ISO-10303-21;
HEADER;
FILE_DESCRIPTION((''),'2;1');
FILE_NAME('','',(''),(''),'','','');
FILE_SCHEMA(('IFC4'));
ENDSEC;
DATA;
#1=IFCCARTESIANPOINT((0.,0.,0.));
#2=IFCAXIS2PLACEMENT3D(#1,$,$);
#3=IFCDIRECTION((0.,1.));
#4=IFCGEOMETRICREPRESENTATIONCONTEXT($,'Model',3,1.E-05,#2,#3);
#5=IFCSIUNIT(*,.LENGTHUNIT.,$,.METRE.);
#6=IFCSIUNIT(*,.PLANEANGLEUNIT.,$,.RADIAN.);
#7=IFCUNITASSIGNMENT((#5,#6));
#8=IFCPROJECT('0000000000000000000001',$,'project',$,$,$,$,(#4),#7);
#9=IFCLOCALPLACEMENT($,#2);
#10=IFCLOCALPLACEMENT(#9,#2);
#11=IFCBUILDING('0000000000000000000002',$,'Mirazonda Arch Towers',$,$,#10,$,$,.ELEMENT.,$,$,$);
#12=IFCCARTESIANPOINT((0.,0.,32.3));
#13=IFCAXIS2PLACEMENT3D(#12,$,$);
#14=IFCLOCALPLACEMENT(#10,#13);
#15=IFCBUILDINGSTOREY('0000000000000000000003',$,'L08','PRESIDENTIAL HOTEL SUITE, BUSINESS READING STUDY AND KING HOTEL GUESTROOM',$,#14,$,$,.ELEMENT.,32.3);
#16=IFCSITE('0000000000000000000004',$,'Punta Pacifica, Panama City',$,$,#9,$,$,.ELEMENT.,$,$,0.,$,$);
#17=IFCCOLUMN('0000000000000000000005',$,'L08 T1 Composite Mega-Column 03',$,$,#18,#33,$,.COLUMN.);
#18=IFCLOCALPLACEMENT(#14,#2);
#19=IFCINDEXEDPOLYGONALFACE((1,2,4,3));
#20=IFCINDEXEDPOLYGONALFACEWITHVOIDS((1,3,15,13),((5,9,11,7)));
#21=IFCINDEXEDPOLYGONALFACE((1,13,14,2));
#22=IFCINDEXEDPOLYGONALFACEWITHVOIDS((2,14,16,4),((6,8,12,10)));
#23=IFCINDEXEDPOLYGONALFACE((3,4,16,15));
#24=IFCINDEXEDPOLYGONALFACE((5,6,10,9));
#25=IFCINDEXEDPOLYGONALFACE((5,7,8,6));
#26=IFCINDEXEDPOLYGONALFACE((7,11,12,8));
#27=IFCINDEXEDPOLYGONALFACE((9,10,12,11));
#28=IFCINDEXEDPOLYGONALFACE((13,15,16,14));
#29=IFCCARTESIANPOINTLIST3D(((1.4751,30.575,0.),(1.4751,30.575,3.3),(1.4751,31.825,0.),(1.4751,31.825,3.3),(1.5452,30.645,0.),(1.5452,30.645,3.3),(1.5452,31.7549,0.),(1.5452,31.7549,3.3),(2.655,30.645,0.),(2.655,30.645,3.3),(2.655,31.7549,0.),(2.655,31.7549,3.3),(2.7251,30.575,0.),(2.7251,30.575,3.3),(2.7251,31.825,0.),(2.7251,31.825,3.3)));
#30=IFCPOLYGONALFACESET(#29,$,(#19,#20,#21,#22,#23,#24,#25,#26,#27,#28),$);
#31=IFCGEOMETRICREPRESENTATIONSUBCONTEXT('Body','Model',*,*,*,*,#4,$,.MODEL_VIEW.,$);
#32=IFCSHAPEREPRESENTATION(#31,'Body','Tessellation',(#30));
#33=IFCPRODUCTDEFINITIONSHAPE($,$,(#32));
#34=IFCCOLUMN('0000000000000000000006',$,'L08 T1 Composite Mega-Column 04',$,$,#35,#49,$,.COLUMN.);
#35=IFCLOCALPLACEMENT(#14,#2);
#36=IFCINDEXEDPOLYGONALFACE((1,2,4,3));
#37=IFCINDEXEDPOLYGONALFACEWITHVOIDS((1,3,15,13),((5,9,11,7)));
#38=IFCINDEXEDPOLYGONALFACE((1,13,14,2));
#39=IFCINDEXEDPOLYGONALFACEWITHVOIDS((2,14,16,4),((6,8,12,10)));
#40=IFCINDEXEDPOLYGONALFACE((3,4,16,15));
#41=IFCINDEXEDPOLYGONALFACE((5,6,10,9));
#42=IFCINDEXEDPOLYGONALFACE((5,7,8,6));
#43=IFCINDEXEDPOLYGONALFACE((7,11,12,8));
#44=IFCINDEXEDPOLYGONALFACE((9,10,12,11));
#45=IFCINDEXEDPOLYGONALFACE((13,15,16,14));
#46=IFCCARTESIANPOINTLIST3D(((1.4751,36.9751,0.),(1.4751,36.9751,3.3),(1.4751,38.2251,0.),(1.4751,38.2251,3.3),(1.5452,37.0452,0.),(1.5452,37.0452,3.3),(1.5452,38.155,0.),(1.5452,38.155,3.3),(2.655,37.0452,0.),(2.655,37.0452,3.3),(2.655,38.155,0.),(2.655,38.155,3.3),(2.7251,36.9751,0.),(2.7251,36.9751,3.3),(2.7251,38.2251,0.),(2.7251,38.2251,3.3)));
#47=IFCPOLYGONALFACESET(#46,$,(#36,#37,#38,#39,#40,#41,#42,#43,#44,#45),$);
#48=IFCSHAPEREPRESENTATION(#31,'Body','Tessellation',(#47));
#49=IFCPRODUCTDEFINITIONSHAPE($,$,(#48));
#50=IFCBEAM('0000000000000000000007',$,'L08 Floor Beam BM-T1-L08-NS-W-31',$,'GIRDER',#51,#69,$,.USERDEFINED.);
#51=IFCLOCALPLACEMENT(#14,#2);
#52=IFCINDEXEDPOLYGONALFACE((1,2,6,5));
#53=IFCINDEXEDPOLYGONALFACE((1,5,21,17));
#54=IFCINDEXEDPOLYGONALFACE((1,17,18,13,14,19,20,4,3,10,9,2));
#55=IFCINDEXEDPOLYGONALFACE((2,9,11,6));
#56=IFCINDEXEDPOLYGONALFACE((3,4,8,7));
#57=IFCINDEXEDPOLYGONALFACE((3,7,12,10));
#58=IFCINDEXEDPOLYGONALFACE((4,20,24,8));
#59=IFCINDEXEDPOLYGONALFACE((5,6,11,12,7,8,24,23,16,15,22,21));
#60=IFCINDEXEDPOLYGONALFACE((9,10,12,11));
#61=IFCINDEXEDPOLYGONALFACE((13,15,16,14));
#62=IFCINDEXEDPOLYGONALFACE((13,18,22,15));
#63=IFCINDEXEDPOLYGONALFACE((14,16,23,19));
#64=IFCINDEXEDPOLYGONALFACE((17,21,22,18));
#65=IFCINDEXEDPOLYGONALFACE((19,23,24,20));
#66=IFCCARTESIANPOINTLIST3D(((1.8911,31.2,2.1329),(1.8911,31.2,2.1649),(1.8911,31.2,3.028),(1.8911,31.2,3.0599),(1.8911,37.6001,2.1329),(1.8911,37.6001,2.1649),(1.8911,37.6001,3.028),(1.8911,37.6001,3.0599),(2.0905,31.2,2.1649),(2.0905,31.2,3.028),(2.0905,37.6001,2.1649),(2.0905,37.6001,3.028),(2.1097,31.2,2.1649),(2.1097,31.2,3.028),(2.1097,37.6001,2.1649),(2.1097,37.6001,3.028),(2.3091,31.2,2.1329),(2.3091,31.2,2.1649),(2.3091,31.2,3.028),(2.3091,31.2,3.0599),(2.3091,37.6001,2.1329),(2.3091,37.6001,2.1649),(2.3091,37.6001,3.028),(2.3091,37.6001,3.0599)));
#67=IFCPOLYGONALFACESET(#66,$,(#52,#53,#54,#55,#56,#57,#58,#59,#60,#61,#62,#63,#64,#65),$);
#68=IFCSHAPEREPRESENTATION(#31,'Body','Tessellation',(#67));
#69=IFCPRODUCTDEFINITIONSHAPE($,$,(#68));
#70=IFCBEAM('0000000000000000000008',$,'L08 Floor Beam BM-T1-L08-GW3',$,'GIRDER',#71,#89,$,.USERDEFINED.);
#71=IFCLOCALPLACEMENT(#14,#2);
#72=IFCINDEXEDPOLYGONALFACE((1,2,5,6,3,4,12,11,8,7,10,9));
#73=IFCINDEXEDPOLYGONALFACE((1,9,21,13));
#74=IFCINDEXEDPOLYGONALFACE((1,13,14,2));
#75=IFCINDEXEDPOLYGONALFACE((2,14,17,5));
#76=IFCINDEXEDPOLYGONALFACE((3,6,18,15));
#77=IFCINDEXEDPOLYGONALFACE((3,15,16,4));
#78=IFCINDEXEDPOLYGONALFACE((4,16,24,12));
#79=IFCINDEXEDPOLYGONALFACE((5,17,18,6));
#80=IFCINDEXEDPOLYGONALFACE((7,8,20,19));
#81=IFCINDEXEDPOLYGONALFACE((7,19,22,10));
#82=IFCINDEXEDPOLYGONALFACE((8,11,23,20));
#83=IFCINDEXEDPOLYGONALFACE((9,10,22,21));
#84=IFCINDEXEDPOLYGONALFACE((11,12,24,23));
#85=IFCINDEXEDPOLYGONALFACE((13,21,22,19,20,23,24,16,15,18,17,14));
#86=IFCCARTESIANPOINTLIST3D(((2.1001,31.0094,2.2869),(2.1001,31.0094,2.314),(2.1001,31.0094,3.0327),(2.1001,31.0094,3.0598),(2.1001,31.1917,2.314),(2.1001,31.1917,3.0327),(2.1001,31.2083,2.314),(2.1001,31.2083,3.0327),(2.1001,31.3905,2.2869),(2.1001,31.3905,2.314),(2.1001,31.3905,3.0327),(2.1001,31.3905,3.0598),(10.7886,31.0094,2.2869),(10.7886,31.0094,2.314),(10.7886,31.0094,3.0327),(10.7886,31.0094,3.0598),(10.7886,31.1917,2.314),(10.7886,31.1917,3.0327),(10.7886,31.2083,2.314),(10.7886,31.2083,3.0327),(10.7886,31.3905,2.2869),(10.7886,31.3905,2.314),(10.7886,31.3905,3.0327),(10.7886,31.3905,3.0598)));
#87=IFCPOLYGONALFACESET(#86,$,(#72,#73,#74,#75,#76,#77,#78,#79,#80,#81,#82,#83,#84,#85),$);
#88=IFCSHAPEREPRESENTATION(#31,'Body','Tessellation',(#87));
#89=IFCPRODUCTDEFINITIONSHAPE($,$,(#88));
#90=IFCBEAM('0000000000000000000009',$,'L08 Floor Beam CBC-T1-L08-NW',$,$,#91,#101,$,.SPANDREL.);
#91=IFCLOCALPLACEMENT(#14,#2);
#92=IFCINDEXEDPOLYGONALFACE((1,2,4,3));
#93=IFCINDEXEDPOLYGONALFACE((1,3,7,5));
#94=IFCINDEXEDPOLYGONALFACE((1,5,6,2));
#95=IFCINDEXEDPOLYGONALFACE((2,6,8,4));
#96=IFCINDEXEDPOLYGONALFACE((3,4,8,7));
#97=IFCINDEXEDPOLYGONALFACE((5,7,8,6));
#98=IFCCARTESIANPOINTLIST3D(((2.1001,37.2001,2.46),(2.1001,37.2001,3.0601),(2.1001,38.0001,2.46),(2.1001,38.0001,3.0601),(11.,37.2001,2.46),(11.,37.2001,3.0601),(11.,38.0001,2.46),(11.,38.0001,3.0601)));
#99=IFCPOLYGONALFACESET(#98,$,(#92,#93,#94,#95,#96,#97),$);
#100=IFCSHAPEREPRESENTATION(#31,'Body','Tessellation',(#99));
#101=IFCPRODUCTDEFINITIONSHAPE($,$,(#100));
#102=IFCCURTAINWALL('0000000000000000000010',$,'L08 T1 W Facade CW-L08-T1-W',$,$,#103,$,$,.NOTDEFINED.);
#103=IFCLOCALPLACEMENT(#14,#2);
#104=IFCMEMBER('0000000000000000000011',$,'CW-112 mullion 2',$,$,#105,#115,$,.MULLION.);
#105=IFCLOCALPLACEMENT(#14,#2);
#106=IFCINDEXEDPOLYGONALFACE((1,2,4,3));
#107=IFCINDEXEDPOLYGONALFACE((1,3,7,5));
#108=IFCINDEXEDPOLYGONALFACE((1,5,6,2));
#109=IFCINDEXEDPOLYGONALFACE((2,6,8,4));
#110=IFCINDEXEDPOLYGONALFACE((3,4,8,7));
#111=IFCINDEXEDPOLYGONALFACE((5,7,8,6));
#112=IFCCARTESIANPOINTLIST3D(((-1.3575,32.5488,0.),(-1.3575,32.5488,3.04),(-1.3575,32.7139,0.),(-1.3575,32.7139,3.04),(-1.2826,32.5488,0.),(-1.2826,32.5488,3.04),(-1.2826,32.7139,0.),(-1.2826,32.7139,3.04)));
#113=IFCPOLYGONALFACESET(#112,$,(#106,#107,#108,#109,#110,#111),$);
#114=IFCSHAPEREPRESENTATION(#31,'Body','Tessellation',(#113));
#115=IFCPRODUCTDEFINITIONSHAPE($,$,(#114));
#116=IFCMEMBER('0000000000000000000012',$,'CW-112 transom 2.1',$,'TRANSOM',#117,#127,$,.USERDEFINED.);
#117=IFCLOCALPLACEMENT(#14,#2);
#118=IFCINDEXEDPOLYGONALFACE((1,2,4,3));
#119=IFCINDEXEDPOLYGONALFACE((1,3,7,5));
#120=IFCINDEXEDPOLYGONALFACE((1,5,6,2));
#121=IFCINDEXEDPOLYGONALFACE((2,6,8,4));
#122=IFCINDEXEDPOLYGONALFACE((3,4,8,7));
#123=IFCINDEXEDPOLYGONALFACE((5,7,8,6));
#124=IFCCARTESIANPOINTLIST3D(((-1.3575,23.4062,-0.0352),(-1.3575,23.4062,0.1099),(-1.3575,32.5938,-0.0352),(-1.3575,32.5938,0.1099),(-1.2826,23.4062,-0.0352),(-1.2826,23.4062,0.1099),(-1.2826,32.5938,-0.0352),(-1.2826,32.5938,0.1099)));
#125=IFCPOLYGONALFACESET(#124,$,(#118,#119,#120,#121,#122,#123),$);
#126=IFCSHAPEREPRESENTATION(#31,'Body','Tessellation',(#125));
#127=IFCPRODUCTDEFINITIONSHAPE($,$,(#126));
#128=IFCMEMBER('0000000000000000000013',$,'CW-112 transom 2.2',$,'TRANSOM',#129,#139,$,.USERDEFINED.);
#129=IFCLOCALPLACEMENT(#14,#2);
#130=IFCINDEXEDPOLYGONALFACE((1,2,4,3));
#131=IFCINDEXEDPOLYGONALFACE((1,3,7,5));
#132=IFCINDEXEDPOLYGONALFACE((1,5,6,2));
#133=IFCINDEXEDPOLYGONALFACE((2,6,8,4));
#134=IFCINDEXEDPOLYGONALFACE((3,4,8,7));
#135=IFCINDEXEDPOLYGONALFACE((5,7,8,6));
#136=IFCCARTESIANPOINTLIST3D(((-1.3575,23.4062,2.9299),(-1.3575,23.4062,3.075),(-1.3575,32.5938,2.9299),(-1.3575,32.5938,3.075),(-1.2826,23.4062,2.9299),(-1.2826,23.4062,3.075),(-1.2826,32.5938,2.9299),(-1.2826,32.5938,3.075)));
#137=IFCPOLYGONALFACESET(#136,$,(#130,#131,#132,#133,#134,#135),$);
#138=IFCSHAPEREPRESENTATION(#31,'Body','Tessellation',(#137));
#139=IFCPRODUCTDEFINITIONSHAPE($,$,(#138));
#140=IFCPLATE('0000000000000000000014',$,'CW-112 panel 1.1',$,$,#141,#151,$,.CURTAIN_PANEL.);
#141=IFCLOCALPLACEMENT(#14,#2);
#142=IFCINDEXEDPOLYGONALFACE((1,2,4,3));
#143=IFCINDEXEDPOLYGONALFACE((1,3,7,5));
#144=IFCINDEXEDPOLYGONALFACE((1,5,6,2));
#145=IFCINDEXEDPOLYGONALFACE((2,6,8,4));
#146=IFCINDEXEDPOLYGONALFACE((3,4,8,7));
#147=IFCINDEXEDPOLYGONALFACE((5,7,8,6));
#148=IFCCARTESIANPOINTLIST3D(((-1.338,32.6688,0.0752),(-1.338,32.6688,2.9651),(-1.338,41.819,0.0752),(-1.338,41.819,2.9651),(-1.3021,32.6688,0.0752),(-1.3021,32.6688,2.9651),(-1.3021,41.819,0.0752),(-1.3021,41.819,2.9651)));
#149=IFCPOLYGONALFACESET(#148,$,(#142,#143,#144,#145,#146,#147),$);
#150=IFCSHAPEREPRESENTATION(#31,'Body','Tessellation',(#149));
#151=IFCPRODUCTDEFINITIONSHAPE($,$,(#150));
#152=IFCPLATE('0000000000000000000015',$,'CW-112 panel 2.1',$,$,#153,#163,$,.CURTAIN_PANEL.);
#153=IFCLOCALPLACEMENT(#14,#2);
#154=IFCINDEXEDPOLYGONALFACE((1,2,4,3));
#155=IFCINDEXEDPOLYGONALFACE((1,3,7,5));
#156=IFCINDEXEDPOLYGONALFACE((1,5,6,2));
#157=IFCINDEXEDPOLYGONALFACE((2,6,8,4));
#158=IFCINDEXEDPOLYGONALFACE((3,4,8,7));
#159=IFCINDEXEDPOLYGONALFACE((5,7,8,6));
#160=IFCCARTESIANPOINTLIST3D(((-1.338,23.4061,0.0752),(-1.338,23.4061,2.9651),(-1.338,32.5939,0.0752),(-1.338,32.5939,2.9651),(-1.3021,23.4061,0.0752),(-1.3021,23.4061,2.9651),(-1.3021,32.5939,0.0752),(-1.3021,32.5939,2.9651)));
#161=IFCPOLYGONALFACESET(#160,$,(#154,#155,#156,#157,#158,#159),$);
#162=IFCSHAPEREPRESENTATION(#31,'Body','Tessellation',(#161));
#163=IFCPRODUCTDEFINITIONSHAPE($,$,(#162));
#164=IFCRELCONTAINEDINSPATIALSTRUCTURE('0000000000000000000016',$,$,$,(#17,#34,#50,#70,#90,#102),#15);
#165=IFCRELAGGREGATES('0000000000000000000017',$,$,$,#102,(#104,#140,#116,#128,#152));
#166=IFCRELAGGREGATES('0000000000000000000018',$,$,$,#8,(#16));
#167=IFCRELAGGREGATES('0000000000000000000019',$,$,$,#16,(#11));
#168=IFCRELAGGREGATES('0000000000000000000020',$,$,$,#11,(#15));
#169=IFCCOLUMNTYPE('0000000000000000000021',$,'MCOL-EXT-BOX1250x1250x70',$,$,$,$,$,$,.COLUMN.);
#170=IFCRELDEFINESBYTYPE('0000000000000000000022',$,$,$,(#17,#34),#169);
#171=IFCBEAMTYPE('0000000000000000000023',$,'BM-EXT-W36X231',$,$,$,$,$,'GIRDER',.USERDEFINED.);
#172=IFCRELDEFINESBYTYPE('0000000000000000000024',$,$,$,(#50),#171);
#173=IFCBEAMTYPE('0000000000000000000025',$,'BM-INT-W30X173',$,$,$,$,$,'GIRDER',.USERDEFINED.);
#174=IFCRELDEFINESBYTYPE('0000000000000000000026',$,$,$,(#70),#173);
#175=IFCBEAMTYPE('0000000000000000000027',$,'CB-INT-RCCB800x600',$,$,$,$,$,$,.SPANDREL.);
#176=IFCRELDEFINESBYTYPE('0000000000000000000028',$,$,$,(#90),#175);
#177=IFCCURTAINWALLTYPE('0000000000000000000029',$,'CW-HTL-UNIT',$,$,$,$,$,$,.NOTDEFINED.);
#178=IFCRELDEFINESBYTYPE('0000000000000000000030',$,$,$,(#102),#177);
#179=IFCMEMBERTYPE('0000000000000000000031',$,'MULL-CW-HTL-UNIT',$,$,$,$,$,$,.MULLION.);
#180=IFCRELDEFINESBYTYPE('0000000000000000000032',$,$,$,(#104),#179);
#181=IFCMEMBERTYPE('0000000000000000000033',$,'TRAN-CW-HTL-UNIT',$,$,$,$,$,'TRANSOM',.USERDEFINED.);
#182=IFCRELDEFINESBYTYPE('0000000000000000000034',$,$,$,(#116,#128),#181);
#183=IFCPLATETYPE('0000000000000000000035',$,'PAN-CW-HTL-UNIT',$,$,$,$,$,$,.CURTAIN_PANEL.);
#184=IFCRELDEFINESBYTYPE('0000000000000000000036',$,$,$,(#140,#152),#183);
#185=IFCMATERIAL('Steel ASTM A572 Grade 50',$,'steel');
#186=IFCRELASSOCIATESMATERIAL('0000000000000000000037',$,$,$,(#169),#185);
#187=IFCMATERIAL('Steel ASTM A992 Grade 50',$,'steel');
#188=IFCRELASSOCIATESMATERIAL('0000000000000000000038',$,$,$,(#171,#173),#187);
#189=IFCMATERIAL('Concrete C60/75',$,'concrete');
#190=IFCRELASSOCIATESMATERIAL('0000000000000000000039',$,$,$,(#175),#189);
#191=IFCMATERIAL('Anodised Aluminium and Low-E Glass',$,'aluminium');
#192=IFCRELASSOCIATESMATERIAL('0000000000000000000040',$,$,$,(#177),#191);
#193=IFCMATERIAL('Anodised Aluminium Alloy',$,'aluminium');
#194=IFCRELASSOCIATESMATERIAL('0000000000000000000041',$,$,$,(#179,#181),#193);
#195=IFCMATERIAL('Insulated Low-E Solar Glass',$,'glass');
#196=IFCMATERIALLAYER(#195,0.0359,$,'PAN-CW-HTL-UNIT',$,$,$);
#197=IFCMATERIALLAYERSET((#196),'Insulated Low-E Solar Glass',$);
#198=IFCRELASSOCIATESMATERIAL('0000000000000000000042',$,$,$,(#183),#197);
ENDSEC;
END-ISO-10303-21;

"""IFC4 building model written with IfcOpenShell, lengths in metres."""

from ifc_helpers import new_model, si_unit, direction, frame, origin, origin_2d, place, context, subcontext, project, spatial, rectangle, hollow_rectangle, i_section, extrude, material, layer, layer_set, material_profile, profile_set, type_object, element, aggregate, save


model = new_model("IFC4")

# Units and contexts
model_context = context("Model", 3, precision=1e-05, world=origin(), true_north=direction((0.0, 1.0)))
body_context = subcontext(model_context, "Body", "Model", "MODEL_VIEW")
ifc_project = project(units=[si_unit("LENGTHUNIT", "METRE"), si_unit("PLANEANGLEUNIT", "RADIAN")], contexts=[model_context])

# Site, building, storey
site_placement = place(None, origin())
site = spatial("IfcSite", under=ifc_project, at=site_placement, Name="Punta Pacifica, Panama City", CompositionType="ELEMENT", RefElevation=0.0)
building_placement = place(site_placement, origin())
building = spatial("IfcBuilding", under=site, at=building_placement, Name="Mirazonda Arch Towers", CompositionType="ELEMENT")
storey_placement = place(building_placement, frame((0.0, 0.0, 32.3)))
storey = spatial("IfcBuildingStorey", under=building, at=storey_placement, Name="L08", Description="PRESIDENTIAL HOTEL SUITE, BUSINESS READING STUDY AND KING HOTEL GUESTROOM", CompositionType="ELEMENT", Elevation=32.3)

# Columns
ifc_material_1 = material(Name="Steel ASTM A572 Grade 50", Category="steel")
ifc_material_profile_1 = material_profile(ifc_material_1, hollow_rectangle(XDim=1.25, YDim=1.25, WallThickness=0.0701, at=origin_2d()), Name="BOX1250x1250x70")
ifc_profile_set_1 = profile_set([ifc_material_profile_1], Name="Steel ASTM A572 Grade 50")
column_type = type_object("IfcColumnType", Name="MCOL-EXT-BOX1250x1250x70", PredefinedType="COLUMN", material=ifc_profile_set_1)
for number, where, z_axis, x_axis, name in (
    (1, (2.1001, 31.2, 0.0), (0.0, 0.0, 1.0), (1.0, 0.0, 0.0), "L08 T1 Composite Mega-Column 03"),
    (2, (2.1001, 37.6001, 0.0), (0.0, 0.0, 1.0), (1.0, 0.0, 0.0), "L08 T1 Composite Mega-Column 04"),
):
    element("IfcColumn", number, at=place(storey_placement, frame(where, z_axis=z_axis, x_axis=x_axis)), inside=storey, type_object=column_type, Name=name, PredefinedType="COLUMN", context=body_context, shape_type="SweptSolid", body=[
        extrude(hollow_rectangle(XDim=1.25, YDim=1.25, WallThickness=0.0701, at=origin_2d()), origin(), (0.0, 0.0, 1.0), 3.3),
    ])

# Beams
ifc_material_2 = material(Name="Steel ASTM A992 Grade 50", Category="steel")
ifc_material_profile_2 = material_profile(ifc_material_2, i_section(OverallWidth=0.418, OverallDepth=0.927, WebThickness=0.0193, FlangeThickness=0.032, at=origin_2d()), Name="W36X231")
ifc_profile_set_2 = profile_set([ifc_material_profile_2], Name="Steel ASTM A992 Grade 50")
beam_type_1 = type_object("IfcBeamType", Name="BM-EXT-W36X231", ElementType="GIRDER", PredefinedType="USERDEFINED", material=ifc_profile_set_2)
beam_1_placement = place(storey_placement, frame((2.1001, 31.2, 2.5964), z_axis=(0.0, 1.0, 0.0), x_axis=(-1.0, 0.0, 0.0)))
element("IfcBeam", 3, at=beam_1_placement, inside=storey, type_object=beam_type_1, Name="L08 Floor Beam BM-T1-L08-NS-W-31", ObjectType="GIRDER", PredefinedType="USERDEFINED", context=body_context, shape_type="SweptSolid", body=[
    extrude(i_section(OverallWidth=0.418, OverallDepth=0.927, WebThickness=0.0193, FlangeThickness=0.032, at=origin_2d()), origin(), (0.0, 0.0, 1.0), 6.4001),
])
ifc_material_profile_3 = material_profile(ifc_material_2, i_section(OverallWidth=0.3811, OverallDepth=0.7729, WebThickness=0.0166, FlangeThickness=0.0271, at=origin_2d()), Name="W30X173")
ifc_profile_set_3 = profile_set([ifc_material_profile_3], Name="Steel ASTM A992 Grade 50")
beam_type_2 = type_object("IfcBeamType", Name="BM-INT-W30X173", ElementType="GIRDER", PredefinedType="USERDEFINED", material=ifc_profile_set_3)
beam_2_placement = place(storey_placement, frame((2.1001, 31.2, 2.6733), z_axis=(1.0, 0.0, 0.0), x_axis=(0.0, 1.0, 0.0)))
element("IfcBeam", 4, at=beam_2_placement, inside=storey, type_object=beam_type_2, Name="L08 Floor Beam BM-T1-L08-GW3", ObjectType="GIRDER", PredefinedType="USERDEFINED", context=body_context, shape_type="SweptSolid", body=[
    extrude(i_section(OverallWidth=0.3811, OverallDepth=0.7729, WebThickness=0.0166, FlangeThickness=0.0271, at=origin_2d()), origin(), (0.0, 0.0, 1.0), 8.6885),
])
ifc_material_3 = material(Name="Concrete C60/75", Category="concrete")
ifc_material_profile_4 = material_profile(ifc_material_3, rectangle(XDim=0.8, YDim=0.6001, at=origin_2d()), Name="RCCB800x600")
ifc_profile_set_4 = profile_set([ifc_material_profile_4], Name="Concrete C60/75")
beam_type_3 = type_object("IfcBeamType", Name="CB-INT-RCCB800x600", PredefinedType="SPANDREL", material=ifc_profile_set_4)
beam_3_placement = place(storey_placement, frame((2.1001, 37.6001, 2.76), z_axis=(1.0, 0.0, 0.0), x_axis=(0.0, 1.0, 0.0)))
element("IfcBeam", 5, at=beam_3_placement, inside=storey, type_object=beam_type_3, Name="L08 Floor Beam CBC-T1-L08-NW", PredefinedType="SPANDREL", context=body_context, shape_type="SweptSolid", body=[
    extrude(rectangle(XDim=0.8, YDim=0.6001, at=origin_2d()), origin(), (0.0, 0.0, 1.0), 8.8999),
])

# Curtain wall, members, plates
ifc_material_4 = material(Name="Anodised Aluminium and Low-E Glass", Category="aluminium")
curtain_wall_type = type_object("IfcCurtainWallType", Name="CW-HTL-UNIT", PredefinedType="NOTDEFINED", material=ifc_material_4)
curtain_wall_placement = place(storey_placement, origin())
curtain_wall = element("IfcCurtainWall", 6, at=curtain_wall_placement, inside=storey, type_object=curtain_wall_type, Name="L08 T1 W Facade CW-L08-T1-W", PredefinedType="NOTDEFINED")
ifc_material_5 = material(Name="Anodised Aluminium Alloy", Category="aluminium")
ifc_material_profile_5 = material_profile(ifc_material_5, rectangle(XDim=0.075, YDim=0.165, at=origin_2d()), Name="ALU-MULL-75x165")
ifc_profile_set_5 = profile_set([ifc_material_profile_5], Name="Anodised Aluminium Alloy")
member_type_1 = type_object("IfcMemberType", Name="MULL-CW-HTL-UNIT", PredefinedType="MULLION", material=ifc_profile_set_5)
member_1_placement = place(storey_placement, frame((-1.3201, 32.6313, 0.0), z_axis=(0.0, 0.0, 1.0), x_axis=(1.0, 0.0, 0.0)))
member_1 = element("IfcMember", 7, at=member_1_placement, type_object=member_type_1, Name="CW-112 mullion 2", PredefinedType="MULLION", context=body_context, shape_type="SweptSolid", body=[
    extrude(rectangle(XDim=0.075, YDim=0.165, at=origin_2d()), origin(), (0.0, 0.0, 1.0), 3.04),
])
ifc_material_profile_6 = material_profile(ifc_material_5, rectangle(XDim=0.075, YDim=0.145, at=origin_2d()), Name="ALU-TRAN-75x145")
ifc_profile_set_6 = profile_set([ifc_material_profile_6], Name="Anodised Aluminium Alloy")
member_type_2 = type_object("IfcMemberType", Name="TRAN-CW-HTL-UNIT", ElementType="TRANSOM", PredefinedType="USERDEFINED", material=ifc_profile_set_6)
member_2_placement = place(storey_placement, frame((-1.3201, 32.5938, 0.0374), z_axis=(0.0, -1.0, 0.0), x_axis=(1.0, 0.0, 0.0)))
member_2 = element("IfcMember", 8, at=member_2_placement, type_object=member_type_2, Name="CW-112 transom 2.1", ObjectType="TRANSOM", PredefinedType="USERDEFINED", context=body_context, shape_type="SweptSolid", body=[
    extrude(rectangle(XDim=0.075, YDim=0.145, at=origin_2d()), origin(), (0.0, 0.0, 1.0), 9.1875),
])
member_3_placement = place(storey_placement, frame((-1.3201, 32.5938, 3.0024), z_axis=(0.0, -1.0, 0.0), x_axis=(1.0, 0.0, 0.0)))
member_3 = element("IfcMember", 9, at=member_3_placement, type_object=member_type_2, Name="CW-112 transom 2.2", ObjectType="TRANSOM", PredefinedType="USERDEFINED", context=body_context, shape_type="SweptSolid", body=[
    extrude(rectangle(XDim=0.075, YDim=0.145, at=origin_2d()), origin(), (0.0, 0.0, 1.0), 9.1875),
])
ifc_material_6 = material(Name="Insulated Low-E Solar Glass", Category="glass")
ifc_layer_1 = layer(ifc_material_6, 0.0359, Name="PAN-CW-HTL-UNIT")
ifc_layer_set_1 = layer_set([ifc_layer_1], Name="Insulated Low-E Solar Glass")
plate_type = type_object("IfcPlateType", Name="PAN-CW-HTL-UNIT", PredefinedType="CURTAIN_PANEL", material=ifc_layer_set_1)
plate_1_placement = place(storey_placement, frame((-1.3201, 37.2439, 0.0752), z_axis=(0.0, 0.0, 1.0), x_axis=(0.0, -1.0, 0.0)))
plate_1 = element("IfcPlate", 10, at=plate_1_placement, type_object=plate_type, Name="CW-112 panel 1.1", PredefinedType="CURTAIN_PANEL", context=body_context, shape_type="SweptSolid", body=[
    extrude(rectangle(XDim=9.1501, YDim=0.0359, at=origin_2d()), origin(), (0.0, 0.0, 1.0), 2.8899),
])
plate_2_placement = place(storey_placement, frame((-1.3201, 28.0, 0.0752), z_axis=(0.0, 0.0, 1.0), x_axis=(0.0, -1.0, 0.0)))
plate_2 = element("IfcPlate", 11, at=plate_2_placement, type_object=plate_type, Name="CW-112 panel 2.1", PredefinedType="CURTAIN_PANEL", context=body_context, shape_type="SweptSolid", body=[
    extrude(rectangle(XDim=9.1877, YDim=0.0359, at=origin_2d()), origin(), (0.0, 0.0, 1.0), 2.8899),
])
aggregate(curtain_wall, [member_1, plate_1, member_2, member_3, plate_2])

save(model, "model.ifc")
